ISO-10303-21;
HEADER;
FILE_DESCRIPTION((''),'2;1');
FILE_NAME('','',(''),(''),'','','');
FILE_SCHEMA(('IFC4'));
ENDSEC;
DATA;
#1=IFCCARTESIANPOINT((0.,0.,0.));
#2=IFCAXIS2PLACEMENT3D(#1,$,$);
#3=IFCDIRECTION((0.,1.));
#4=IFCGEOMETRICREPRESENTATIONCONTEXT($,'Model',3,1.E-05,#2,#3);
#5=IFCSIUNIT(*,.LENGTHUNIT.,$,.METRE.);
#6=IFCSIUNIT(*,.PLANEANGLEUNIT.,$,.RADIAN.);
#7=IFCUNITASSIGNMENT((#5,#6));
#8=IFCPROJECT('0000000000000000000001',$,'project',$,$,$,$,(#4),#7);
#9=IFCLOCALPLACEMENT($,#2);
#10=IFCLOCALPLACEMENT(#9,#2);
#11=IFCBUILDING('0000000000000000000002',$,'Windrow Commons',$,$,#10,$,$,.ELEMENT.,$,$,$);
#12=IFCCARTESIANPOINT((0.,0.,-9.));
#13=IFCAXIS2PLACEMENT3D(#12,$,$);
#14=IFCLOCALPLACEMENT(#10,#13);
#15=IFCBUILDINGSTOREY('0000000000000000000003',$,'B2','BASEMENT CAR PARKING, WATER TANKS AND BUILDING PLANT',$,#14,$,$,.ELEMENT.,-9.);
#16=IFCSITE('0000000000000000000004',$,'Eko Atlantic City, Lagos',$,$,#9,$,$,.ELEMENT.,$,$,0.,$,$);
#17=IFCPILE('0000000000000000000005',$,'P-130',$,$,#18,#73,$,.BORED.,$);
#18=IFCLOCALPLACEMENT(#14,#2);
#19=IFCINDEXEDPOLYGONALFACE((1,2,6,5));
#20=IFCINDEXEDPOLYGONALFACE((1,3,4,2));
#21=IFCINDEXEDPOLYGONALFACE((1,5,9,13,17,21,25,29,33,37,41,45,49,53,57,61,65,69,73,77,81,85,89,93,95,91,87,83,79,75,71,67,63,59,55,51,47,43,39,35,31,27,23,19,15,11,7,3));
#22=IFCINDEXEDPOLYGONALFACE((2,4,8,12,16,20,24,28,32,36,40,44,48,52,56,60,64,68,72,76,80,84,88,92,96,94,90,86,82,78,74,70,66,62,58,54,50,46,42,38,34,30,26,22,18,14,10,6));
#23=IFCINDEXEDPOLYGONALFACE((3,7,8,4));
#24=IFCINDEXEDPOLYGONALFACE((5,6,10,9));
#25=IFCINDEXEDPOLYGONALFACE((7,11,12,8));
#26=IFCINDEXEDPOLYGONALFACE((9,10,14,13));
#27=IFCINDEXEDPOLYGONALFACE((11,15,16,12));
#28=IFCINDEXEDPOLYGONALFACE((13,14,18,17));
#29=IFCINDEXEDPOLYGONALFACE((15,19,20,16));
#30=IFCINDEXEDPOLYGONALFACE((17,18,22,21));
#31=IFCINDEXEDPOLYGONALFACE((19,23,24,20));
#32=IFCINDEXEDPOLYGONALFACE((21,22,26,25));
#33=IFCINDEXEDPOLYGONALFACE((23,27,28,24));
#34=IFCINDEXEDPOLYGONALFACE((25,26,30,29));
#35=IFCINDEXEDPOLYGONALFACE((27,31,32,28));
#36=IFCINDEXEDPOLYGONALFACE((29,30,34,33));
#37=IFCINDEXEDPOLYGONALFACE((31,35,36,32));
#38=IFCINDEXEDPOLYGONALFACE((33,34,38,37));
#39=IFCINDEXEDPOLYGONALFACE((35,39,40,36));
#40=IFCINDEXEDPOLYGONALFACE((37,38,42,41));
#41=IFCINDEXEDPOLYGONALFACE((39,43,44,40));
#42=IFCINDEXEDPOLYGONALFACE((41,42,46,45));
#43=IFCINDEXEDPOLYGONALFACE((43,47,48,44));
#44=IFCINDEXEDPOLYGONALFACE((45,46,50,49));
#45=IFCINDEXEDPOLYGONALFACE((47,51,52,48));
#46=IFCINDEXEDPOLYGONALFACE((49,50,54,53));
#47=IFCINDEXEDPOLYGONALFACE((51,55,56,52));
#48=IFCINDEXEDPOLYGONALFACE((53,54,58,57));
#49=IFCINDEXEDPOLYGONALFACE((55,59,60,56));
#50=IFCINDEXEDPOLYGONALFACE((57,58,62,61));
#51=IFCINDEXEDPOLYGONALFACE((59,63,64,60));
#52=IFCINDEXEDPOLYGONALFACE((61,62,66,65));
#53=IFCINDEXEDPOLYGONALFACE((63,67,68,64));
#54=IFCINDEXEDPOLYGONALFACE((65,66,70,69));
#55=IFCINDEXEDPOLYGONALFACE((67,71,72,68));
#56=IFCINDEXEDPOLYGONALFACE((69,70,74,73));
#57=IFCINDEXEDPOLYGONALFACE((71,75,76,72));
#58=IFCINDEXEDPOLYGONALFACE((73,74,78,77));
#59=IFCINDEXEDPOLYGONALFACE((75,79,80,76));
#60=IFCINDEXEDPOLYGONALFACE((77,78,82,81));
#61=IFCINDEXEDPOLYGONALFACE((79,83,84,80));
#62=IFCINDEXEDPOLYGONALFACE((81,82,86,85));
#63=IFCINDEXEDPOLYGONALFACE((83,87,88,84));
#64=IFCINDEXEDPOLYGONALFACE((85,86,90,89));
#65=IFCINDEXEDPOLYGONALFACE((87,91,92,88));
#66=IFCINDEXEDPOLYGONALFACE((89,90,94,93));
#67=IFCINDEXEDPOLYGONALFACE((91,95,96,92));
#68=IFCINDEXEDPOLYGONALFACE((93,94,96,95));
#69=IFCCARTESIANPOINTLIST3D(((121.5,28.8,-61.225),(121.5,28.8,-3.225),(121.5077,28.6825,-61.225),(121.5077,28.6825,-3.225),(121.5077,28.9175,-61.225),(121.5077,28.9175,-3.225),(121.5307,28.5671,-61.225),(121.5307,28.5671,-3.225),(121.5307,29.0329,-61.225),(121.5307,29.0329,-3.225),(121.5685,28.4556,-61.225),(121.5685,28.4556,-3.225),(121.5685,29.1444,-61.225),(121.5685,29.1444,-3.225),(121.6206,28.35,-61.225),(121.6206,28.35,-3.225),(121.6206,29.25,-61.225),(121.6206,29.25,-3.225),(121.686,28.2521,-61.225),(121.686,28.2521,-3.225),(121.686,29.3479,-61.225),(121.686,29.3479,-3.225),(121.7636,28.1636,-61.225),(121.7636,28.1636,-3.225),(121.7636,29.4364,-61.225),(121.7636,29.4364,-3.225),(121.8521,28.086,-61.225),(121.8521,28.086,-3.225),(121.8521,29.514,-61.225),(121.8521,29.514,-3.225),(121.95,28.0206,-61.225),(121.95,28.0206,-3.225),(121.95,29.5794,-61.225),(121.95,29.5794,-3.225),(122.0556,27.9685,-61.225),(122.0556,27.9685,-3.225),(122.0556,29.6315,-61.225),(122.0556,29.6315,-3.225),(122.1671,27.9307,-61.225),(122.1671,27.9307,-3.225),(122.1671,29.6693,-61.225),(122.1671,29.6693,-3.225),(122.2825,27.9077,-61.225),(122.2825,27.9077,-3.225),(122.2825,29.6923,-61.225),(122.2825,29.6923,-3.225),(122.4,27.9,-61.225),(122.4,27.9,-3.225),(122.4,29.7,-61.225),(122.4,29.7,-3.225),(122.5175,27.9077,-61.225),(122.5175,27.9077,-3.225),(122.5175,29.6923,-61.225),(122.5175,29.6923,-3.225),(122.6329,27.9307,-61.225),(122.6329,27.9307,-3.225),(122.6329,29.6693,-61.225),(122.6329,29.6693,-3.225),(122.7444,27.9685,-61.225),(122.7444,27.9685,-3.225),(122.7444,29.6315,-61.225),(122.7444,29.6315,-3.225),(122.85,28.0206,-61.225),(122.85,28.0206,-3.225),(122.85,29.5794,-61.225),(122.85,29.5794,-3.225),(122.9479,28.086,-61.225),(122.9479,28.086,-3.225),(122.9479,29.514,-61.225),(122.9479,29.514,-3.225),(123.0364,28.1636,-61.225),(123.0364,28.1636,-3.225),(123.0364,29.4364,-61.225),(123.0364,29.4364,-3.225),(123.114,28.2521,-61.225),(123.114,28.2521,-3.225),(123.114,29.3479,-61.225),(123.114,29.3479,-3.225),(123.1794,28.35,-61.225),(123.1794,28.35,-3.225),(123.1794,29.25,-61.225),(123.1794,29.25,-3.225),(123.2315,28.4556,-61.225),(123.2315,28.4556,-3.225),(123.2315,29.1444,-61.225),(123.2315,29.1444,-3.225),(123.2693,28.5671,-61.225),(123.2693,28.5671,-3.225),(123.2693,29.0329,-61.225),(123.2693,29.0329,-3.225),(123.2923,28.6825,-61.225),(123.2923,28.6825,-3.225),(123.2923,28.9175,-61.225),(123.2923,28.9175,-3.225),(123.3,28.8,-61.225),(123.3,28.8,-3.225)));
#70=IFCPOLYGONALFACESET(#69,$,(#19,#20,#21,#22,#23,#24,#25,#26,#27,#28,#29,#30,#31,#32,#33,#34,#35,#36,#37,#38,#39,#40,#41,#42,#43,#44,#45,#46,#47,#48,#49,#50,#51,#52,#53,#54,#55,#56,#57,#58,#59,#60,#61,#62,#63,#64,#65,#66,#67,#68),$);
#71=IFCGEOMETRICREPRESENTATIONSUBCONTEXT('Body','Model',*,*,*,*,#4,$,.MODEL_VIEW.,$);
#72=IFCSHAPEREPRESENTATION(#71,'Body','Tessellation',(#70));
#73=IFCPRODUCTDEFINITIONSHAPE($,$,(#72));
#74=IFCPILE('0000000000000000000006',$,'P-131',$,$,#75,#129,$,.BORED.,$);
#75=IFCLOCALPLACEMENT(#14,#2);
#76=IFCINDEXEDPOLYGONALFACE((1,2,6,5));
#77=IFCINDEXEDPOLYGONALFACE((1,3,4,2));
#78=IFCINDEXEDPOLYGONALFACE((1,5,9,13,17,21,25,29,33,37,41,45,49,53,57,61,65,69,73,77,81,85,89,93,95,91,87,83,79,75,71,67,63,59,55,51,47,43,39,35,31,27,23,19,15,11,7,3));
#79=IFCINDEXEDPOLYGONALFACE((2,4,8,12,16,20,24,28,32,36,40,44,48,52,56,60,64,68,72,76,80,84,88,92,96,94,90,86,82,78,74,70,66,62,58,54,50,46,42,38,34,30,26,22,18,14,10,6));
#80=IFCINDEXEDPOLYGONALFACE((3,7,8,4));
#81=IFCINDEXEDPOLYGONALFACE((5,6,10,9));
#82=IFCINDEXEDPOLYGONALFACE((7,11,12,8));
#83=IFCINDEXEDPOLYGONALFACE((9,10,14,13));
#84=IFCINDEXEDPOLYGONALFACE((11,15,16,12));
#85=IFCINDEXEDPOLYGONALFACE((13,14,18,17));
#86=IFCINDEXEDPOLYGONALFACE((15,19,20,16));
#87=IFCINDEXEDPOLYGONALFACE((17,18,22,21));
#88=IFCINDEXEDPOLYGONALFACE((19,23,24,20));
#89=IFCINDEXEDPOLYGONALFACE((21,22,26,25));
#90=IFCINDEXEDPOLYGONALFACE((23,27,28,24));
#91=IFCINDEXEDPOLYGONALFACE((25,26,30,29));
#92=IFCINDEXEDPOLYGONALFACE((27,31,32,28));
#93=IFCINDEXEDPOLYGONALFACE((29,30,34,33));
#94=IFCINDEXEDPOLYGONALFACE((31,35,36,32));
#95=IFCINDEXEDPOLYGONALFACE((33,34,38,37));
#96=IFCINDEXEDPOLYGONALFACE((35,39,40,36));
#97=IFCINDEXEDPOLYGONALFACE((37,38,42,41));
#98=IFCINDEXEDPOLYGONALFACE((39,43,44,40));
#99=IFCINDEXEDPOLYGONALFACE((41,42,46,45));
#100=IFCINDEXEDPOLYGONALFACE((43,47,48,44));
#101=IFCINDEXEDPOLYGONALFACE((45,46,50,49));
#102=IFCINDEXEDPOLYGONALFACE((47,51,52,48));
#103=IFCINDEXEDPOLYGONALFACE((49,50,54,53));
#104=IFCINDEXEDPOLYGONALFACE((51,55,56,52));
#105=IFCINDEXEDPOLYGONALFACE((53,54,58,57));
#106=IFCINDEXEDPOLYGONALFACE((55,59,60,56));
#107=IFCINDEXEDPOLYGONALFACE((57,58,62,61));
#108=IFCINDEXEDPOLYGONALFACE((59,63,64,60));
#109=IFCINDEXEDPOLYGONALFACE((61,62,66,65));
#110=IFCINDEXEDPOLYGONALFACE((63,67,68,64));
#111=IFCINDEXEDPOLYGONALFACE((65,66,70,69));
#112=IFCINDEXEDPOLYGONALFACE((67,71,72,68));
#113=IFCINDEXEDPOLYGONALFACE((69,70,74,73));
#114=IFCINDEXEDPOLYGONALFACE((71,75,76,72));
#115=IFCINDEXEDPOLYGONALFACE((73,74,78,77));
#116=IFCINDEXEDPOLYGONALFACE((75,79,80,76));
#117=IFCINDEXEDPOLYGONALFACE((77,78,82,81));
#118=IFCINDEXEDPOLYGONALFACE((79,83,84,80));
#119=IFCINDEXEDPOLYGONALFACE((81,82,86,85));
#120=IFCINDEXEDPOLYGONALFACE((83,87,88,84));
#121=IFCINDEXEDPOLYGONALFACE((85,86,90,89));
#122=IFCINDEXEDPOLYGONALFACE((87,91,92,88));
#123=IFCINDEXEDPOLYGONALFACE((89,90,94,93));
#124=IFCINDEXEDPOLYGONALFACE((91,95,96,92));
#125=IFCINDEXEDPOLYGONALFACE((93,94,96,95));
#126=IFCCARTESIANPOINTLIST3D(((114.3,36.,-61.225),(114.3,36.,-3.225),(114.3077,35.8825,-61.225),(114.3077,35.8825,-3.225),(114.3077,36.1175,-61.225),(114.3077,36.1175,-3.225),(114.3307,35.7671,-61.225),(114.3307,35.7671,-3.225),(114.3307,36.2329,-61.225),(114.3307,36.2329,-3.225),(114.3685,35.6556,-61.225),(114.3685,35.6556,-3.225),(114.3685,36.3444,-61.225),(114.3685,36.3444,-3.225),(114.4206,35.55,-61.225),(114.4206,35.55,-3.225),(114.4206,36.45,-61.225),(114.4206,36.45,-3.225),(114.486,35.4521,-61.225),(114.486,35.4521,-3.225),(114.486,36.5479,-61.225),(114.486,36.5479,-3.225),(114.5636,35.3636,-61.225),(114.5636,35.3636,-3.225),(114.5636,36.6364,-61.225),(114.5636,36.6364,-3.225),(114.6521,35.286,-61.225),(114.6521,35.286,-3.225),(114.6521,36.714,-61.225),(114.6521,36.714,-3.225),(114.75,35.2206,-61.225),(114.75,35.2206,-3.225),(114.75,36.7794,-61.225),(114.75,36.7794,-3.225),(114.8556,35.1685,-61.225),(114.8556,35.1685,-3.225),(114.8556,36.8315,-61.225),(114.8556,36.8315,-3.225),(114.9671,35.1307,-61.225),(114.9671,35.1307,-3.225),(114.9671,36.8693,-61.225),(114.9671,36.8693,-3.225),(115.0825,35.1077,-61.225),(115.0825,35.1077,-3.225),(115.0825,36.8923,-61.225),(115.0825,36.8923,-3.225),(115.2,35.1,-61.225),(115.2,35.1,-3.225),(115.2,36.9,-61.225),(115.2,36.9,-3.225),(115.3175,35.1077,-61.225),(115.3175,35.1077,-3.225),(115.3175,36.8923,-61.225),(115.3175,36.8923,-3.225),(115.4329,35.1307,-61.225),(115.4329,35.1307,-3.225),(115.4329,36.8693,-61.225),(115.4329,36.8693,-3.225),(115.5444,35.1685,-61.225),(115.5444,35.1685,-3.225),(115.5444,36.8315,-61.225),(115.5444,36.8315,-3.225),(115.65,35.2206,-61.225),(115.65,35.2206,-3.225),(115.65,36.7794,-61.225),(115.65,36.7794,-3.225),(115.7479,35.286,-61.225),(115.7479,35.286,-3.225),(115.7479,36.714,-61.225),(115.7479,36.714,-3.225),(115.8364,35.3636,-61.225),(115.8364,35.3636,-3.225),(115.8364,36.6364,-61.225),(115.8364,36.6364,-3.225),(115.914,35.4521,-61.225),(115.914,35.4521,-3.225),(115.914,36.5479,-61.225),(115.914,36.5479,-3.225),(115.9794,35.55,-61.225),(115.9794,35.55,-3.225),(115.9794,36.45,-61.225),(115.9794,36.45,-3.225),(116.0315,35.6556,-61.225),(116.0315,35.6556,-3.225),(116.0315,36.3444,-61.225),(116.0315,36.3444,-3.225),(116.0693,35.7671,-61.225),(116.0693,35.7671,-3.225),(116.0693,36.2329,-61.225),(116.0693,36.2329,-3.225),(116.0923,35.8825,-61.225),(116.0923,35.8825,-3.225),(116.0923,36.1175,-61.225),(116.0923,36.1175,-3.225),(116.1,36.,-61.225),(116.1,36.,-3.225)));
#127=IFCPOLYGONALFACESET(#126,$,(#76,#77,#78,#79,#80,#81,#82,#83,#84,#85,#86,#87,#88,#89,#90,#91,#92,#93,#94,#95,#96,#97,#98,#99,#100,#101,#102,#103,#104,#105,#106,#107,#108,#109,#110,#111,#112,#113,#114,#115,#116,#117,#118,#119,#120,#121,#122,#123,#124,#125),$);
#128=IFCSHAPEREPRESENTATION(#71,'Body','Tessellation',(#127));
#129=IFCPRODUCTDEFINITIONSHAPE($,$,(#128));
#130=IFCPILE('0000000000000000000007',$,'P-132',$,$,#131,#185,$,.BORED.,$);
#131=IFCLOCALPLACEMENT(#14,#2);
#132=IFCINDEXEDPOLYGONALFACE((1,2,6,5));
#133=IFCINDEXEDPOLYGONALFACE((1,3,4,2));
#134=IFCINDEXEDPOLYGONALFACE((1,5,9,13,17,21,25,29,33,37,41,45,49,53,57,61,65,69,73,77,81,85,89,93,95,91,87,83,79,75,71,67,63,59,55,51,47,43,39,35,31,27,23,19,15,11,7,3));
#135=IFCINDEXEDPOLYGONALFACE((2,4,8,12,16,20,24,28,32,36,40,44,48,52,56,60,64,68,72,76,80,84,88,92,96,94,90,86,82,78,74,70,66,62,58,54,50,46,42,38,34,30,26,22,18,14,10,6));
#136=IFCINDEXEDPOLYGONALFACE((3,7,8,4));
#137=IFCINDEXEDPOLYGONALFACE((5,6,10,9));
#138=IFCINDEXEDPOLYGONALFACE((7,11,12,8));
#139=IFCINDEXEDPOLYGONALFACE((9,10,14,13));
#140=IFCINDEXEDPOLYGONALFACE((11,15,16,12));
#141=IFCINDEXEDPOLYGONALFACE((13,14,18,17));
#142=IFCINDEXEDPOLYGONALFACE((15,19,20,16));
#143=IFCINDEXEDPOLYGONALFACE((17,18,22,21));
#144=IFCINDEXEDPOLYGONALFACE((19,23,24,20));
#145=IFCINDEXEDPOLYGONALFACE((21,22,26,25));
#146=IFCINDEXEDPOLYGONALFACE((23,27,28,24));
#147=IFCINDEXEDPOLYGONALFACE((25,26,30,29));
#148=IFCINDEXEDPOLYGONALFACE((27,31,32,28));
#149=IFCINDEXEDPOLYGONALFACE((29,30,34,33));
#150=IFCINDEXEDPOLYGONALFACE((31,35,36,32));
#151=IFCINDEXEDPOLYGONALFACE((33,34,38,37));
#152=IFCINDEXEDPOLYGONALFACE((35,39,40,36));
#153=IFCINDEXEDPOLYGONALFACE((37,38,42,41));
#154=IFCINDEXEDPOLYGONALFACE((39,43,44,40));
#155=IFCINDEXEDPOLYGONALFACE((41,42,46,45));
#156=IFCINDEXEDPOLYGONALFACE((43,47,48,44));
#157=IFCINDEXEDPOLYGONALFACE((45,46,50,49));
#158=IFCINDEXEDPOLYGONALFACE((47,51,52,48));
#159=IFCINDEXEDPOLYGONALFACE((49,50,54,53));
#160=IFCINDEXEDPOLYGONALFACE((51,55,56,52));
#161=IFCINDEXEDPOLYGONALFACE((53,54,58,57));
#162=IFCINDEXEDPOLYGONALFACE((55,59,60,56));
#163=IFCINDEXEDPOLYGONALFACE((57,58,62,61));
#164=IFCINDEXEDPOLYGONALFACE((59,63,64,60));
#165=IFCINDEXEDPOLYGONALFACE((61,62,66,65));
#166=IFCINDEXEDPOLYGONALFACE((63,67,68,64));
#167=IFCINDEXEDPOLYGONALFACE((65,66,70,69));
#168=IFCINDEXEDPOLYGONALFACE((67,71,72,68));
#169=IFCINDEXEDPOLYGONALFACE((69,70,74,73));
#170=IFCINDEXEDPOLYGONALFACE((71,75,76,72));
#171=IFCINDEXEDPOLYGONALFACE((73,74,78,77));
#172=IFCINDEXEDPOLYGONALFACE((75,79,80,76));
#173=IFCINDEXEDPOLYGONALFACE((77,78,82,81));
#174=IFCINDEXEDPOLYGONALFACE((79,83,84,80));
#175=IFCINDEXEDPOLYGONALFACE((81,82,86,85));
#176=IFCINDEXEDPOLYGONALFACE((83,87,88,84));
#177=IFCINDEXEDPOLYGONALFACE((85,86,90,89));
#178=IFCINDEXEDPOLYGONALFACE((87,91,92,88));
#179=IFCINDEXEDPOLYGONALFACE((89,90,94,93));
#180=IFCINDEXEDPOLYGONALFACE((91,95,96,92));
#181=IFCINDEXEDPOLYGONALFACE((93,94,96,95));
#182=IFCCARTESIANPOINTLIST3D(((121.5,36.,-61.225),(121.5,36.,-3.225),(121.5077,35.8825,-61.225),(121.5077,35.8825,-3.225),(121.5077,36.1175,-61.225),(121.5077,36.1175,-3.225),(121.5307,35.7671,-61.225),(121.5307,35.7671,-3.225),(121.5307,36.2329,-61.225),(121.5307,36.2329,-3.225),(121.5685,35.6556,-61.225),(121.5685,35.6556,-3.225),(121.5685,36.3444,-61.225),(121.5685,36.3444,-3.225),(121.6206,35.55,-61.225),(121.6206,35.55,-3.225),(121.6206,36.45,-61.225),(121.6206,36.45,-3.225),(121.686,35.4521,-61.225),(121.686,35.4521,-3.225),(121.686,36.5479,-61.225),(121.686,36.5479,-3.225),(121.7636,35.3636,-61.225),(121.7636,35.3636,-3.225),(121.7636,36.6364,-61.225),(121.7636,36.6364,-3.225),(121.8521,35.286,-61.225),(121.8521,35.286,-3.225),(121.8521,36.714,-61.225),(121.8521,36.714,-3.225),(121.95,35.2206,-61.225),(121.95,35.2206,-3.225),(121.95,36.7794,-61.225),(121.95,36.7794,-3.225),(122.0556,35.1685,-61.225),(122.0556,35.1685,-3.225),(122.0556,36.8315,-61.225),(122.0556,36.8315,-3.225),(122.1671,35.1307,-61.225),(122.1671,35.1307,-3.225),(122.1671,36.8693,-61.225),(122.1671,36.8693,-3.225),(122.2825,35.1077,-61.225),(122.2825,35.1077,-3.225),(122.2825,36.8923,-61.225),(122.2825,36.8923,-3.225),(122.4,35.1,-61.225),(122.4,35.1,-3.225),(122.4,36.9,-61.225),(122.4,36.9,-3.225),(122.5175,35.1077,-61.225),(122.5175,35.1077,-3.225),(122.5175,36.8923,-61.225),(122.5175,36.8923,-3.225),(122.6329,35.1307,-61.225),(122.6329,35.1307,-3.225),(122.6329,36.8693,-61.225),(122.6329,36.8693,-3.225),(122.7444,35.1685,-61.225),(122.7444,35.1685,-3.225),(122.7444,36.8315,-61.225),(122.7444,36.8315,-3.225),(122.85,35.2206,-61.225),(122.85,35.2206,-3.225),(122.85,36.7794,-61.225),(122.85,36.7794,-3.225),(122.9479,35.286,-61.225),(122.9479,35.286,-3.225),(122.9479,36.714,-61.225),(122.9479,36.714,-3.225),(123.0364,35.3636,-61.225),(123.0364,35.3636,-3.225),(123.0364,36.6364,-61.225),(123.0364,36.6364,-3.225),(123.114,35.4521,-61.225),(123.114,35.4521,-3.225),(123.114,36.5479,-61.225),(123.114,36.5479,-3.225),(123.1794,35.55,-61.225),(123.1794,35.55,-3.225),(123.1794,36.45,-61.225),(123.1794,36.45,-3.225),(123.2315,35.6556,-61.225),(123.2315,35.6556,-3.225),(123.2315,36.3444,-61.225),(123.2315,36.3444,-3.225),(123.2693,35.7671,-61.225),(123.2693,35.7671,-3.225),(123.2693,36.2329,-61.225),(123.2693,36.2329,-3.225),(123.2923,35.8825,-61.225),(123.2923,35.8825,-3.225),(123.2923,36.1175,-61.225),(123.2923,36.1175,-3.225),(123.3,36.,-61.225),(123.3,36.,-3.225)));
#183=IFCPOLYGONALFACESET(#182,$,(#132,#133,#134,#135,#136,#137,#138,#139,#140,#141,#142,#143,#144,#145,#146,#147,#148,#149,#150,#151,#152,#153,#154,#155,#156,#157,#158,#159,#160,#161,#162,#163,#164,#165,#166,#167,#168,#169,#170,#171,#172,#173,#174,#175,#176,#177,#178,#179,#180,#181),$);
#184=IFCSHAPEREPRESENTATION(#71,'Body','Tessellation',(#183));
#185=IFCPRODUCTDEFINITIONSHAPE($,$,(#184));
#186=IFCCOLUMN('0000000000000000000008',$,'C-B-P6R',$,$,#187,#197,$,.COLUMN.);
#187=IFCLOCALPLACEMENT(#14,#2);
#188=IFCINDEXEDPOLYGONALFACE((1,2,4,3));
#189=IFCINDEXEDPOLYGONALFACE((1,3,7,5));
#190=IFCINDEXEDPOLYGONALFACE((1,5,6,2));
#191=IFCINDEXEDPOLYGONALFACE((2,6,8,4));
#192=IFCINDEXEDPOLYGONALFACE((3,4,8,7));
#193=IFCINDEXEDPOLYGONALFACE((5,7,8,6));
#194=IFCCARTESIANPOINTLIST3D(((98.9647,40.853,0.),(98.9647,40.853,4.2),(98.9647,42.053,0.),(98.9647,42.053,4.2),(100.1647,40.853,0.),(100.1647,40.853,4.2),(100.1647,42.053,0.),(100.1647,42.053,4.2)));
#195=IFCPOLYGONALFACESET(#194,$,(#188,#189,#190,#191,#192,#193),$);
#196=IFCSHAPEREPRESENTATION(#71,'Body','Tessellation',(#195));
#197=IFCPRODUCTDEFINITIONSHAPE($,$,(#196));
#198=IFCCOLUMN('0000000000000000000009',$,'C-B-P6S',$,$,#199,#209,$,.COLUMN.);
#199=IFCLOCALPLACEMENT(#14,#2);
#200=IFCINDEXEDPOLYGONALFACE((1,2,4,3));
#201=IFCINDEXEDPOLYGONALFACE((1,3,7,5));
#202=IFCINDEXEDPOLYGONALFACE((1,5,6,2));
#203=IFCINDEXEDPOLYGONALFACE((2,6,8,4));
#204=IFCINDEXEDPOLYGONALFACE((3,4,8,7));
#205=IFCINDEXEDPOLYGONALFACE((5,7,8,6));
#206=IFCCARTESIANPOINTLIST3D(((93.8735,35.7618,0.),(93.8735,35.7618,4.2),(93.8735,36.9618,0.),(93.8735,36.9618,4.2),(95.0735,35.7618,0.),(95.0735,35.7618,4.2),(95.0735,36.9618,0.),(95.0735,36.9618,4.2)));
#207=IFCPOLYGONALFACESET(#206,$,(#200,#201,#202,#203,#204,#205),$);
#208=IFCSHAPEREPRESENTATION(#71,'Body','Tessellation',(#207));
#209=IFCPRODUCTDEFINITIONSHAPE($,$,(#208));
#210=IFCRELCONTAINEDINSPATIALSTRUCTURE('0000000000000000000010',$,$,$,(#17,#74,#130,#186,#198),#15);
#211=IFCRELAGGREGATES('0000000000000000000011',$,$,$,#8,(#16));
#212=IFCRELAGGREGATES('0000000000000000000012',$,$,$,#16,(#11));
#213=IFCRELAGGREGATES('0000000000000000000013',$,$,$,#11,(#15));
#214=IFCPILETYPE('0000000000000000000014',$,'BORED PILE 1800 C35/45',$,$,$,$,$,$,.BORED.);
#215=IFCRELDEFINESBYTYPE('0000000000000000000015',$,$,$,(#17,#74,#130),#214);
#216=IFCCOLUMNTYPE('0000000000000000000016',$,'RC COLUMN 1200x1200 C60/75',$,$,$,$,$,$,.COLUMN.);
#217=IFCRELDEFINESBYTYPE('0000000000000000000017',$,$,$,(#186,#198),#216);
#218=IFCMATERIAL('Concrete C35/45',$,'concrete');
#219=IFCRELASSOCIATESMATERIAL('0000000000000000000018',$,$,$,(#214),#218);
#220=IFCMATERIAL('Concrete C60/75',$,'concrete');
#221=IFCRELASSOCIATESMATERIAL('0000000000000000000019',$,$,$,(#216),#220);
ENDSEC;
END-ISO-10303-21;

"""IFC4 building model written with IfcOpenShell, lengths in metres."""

from ifc_helpers import new_model, si_unit, direction, frame, origin, origin_2d, place, context, subcontext, project, spatial, rectangle, circle, extrude, material, material_profile, profile_set, type_object, element, save


model = new_model("IFC4")

# Units and contexts
model_context = context("Model", 3, precision=1e-05, world=origin(), true_north=direction((0.0, 1.0)))
body_context = subcontext(model_context, "Body", "Model", "MODEL_VIEW")
ifc_project = project(units=[si_unit("LENGTHUNIT", "METRE"), si_unit("PLANEANGLEUNIT", "RADIAN")], contexts=[model_context])

# Site, building, storey
site_placement = place(None, origin())
site = spatial("IfcSite", under=ifc_project, at=site_placement, Name="Eko Atlantic City, Lagos", CompositionType="ELEMENT", RefElevation=0.0)
building_placement = place(site_placement, origin())
building = spatial("IfcBuilding", under=site, at=building_placement, Name="Windrow Commons", CompositionType="ELEMENT")
storey_placement = place(building_placement, frame((0.0, 0.0, -9.0)))
storey = spatial("IfcBuildingStorey", under=building, at=storey_placement, Name="B2", Description="BASEMENT CAR PARKING, WATER TANKS AND BUILDING PLANT", CompositionType="ELEMENT", Elevation=-9.0)

# Piles
ifc_material_1 = material(Name="Concrete C35/45", Category="concrete")
ifc_material_profile_1 = material_profile(ifc_material_1, circle(Radius=0.9, at=origin_2d()))
ifc_profile_set_1 = profile_set([ifc_material_profile_1], Name="Concrete C35/45")
pile_type = type_object("IfcPileType", Name="BORED PILE 1800 C35/45", PredefinedType="BORED", material=ifc_profile_set_1)
for number, where, z_axis, x_axis, name in (
    (1, (122.4, 28.8, -3.225), (0.0, 0.0, -1.0), (1.0, 0.0, 0.0), "P-130"),
    (2, (115.2, 36.0, -3.225), (0.0, 0.0, -1.0), (1.0, 0.0, 0.0), "P-131"),
    (3, (122.4, 36.0, -3.225), (0.0, 0.0, -1.0), (1.0, 0.0, 0.0), "P-132"),
):
    element("IfcPile", number, at=place(storey_placement, frame(where, z_axis=z_axis, x_axis=x_axis)), inside=storey, type_object=pile_type, Name=name, PredefinedType="BORED", context=body_context, shape_type="SweptSolid", body=[
        extrude(circle(Radius=0.9, at=origin_2d()), origin(), (0.0, 0.0, 1.0), 58.0),
    ])

# Columns
ifc_material_2 = material(Name="Concrete C60/75", Category="concrete")
ifc_material_profile_2 = material_profile(ifc_material_2, rectangle(XDim=1.2, YDim=1.2, at=origin_2d()))
ifc_profile_set_2 = profile_set([ifc_material_profile_2], Name="Concrete C60/75")
column_type = type_object("IfcColumnType", Name="RC COLUMN 1200x1200 C60/75", PredefinedType="COLUMN", material=ifc_profile_set_2)
for number, where, z_axis, x_axis, name in (
    (4, (99.5647, 41.453, 0.0), (0.0, 0.0, 1.0), (1.0, 0.0, 0.0), "C-B-P6R"),
    (5, (94.4735, 36.3618, 0.0), (0.0, 0.0, 1.0), (1.0, 0.0, 0.0), "C-B-P6S"),
):
    element("IfcColumn", number, at=place(storey_placement, frame(where, z_axis=z_axis, x_axis=x_axis)), inside=storey, type_object=column_type, Name=name, PredefinedType="COLUMN", context=body_context, shape_type="SweptSolid", body=[
        extrude(rectangle(XDim=1.2, YDim=1.2, at=origin_2d()), origin(), (0.0, 0.0, 1.0), 4.2),
    ])

save(model, "model.ifc")
